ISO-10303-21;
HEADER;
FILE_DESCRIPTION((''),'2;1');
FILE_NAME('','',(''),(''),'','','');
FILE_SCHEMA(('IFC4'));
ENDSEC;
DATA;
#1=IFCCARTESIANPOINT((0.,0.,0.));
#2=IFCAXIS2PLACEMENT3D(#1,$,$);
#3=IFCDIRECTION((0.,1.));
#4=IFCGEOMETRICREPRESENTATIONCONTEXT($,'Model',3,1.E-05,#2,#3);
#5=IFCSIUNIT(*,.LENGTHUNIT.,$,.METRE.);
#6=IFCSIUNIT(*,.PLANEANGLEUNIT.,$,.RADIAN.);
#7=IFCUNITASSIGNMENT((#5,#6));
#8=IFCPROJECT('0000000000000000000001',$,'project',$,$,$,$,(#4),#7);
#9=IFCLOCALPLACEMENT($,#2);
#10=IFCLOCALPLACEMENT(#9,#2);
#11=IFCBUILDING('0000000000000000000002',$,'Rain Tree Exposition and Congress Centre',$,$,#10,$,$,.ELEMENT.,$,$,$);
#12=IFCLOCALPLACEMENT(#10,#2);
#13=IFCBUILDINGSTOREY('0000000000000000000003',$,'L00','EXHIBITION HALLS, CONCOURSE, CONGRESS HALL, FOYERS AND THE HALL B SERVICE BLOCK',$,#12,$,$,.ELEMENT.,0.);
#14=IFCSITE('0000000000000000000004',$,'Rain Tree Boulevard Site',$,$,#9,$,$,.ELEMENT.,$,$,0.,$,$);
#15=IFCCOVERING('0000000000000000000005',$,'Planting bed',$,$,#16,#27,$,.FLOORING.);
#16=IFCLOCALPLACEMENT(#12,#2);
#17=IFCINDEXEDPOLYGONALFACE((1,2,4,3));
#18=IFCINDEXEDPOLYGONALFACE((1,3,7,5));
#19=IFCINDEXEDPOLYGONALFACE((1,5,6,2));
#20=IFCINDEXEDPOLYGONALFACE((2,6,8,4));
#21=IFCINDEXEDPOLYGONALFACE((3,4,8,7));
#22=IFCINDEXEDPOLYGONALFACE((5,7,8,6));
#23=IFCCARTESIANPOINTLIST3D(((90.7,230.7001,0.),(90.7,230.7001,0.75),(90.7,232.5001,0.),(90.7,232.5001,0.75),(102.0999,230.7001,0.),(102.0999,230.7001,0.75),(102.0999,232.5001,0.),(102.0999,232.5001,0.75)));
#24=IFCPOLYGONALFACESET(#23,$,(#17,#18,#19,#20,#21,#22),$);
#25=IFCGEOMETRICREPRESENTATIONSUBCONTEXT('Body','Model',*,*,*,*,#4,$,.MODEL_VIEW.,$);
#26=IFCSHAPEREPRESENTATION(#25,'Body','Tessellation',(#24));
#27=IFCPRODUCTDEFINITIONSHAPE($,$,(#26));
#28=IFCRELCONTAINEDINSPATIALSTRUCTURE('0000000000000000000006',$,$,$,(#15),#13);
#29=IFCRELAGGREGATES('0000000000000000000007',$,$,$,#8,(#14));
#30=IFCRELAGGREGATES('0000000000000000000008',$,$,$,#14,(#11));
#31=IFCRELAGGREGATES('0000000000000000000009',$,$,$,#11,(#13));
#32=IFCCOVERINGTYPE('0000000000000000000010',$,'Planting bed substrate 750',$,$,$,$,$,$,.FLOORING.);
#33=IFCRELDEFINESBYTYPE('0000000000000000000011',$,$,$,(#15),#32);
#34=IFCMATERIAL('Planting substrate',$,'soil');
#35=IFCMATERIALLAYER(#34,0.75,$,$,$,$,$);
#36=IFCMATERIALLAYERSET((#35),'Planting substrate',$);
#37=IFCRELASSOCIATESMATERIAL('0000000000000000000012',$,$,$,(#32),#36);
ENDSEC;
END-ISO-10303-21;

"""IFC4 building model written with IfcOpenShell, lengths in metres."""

from ifc_helpers import new_model, si_unit, direction, frame, origin, origin_2d, place, context, subcontext, project, spatial, rectangle, extrude, material, layer, layer_set, type_object, element, save


model = new_model("IFC4")

# Units and contexts
model_context = context("Model", 3, precision=1e-05, world=origin(), true_north=direction((0.0, 1.0)))
body_context = subcontext(model_context, "Body", "Model", "MODEL_VIEW")
ifc_project = project(units=[si_unit("LENGTHUNIT", "METRE"), si_unit("PLANEANGLEUNIT", "RADIAN")], contexts=[model_context])

# Site, building, storey
site_placement = place(None, origin())
site = spatial("IfcSite", under=ifc_project, at=site_placement, Name="Rain Tree Boulevard Site", CompositionType="ELEMENT", RefElevation=0.0)
building_placement = place(site_placement, origin())
building = spatial("IfcBuilding", under=site, at=building_placement, Name="Rain Tree Exposition and Congress Centre", CompositionType="ELEMENT")
storey_placement = place(building_placement, origin())
storey = spatial("IfcBuildingStorey", under=building, at=storey_placement, Name="L00", Description="EXHIBITION HALLS, CONCOURSE, CONGRESS HALL, FOYERS AND THE HALL B SERVICE BLOCK", CompositionType="ELEMENT", Elevation=0.0)

# Covering
ifc_material_1 = material(Name="Planting substrate", Category="soil")
ifc_layer_1 = layer(ifc_material_1, 0.75)
ifc_layer_set_1 = layer_set([ifc_layer_1], Name="Planting substrate")
covering_type = type_object("IfcCoveringType", Name="Planting bed substrate 750", PredefinedType="FLOORING", material=ifc_layer_set_1)
for number, where, z_axis, x_axis, name in (
    (1, (96.3999, 231.6001, 0.0), (0.0, 0.0, 1.0), (1.0, 0.0, 0.0), "Planting bed"),
):
    element("IfcCovering", number, at=place(storey_placement, frame(where, z_axis=z_axis, x_axis=x_axis)), inside=storey, type_object=covering_type, Name=name, PredefinedType="FLOORING", context=body_context, shape_type="SweptSolid", body=[
        extrude(rectangle(XDim=11.3999, YDim=1.8, at=origin_2d()), origin(), (0.0, 0.0, 1.0), 0.75),
    ])

save(model, "model.ifc")
